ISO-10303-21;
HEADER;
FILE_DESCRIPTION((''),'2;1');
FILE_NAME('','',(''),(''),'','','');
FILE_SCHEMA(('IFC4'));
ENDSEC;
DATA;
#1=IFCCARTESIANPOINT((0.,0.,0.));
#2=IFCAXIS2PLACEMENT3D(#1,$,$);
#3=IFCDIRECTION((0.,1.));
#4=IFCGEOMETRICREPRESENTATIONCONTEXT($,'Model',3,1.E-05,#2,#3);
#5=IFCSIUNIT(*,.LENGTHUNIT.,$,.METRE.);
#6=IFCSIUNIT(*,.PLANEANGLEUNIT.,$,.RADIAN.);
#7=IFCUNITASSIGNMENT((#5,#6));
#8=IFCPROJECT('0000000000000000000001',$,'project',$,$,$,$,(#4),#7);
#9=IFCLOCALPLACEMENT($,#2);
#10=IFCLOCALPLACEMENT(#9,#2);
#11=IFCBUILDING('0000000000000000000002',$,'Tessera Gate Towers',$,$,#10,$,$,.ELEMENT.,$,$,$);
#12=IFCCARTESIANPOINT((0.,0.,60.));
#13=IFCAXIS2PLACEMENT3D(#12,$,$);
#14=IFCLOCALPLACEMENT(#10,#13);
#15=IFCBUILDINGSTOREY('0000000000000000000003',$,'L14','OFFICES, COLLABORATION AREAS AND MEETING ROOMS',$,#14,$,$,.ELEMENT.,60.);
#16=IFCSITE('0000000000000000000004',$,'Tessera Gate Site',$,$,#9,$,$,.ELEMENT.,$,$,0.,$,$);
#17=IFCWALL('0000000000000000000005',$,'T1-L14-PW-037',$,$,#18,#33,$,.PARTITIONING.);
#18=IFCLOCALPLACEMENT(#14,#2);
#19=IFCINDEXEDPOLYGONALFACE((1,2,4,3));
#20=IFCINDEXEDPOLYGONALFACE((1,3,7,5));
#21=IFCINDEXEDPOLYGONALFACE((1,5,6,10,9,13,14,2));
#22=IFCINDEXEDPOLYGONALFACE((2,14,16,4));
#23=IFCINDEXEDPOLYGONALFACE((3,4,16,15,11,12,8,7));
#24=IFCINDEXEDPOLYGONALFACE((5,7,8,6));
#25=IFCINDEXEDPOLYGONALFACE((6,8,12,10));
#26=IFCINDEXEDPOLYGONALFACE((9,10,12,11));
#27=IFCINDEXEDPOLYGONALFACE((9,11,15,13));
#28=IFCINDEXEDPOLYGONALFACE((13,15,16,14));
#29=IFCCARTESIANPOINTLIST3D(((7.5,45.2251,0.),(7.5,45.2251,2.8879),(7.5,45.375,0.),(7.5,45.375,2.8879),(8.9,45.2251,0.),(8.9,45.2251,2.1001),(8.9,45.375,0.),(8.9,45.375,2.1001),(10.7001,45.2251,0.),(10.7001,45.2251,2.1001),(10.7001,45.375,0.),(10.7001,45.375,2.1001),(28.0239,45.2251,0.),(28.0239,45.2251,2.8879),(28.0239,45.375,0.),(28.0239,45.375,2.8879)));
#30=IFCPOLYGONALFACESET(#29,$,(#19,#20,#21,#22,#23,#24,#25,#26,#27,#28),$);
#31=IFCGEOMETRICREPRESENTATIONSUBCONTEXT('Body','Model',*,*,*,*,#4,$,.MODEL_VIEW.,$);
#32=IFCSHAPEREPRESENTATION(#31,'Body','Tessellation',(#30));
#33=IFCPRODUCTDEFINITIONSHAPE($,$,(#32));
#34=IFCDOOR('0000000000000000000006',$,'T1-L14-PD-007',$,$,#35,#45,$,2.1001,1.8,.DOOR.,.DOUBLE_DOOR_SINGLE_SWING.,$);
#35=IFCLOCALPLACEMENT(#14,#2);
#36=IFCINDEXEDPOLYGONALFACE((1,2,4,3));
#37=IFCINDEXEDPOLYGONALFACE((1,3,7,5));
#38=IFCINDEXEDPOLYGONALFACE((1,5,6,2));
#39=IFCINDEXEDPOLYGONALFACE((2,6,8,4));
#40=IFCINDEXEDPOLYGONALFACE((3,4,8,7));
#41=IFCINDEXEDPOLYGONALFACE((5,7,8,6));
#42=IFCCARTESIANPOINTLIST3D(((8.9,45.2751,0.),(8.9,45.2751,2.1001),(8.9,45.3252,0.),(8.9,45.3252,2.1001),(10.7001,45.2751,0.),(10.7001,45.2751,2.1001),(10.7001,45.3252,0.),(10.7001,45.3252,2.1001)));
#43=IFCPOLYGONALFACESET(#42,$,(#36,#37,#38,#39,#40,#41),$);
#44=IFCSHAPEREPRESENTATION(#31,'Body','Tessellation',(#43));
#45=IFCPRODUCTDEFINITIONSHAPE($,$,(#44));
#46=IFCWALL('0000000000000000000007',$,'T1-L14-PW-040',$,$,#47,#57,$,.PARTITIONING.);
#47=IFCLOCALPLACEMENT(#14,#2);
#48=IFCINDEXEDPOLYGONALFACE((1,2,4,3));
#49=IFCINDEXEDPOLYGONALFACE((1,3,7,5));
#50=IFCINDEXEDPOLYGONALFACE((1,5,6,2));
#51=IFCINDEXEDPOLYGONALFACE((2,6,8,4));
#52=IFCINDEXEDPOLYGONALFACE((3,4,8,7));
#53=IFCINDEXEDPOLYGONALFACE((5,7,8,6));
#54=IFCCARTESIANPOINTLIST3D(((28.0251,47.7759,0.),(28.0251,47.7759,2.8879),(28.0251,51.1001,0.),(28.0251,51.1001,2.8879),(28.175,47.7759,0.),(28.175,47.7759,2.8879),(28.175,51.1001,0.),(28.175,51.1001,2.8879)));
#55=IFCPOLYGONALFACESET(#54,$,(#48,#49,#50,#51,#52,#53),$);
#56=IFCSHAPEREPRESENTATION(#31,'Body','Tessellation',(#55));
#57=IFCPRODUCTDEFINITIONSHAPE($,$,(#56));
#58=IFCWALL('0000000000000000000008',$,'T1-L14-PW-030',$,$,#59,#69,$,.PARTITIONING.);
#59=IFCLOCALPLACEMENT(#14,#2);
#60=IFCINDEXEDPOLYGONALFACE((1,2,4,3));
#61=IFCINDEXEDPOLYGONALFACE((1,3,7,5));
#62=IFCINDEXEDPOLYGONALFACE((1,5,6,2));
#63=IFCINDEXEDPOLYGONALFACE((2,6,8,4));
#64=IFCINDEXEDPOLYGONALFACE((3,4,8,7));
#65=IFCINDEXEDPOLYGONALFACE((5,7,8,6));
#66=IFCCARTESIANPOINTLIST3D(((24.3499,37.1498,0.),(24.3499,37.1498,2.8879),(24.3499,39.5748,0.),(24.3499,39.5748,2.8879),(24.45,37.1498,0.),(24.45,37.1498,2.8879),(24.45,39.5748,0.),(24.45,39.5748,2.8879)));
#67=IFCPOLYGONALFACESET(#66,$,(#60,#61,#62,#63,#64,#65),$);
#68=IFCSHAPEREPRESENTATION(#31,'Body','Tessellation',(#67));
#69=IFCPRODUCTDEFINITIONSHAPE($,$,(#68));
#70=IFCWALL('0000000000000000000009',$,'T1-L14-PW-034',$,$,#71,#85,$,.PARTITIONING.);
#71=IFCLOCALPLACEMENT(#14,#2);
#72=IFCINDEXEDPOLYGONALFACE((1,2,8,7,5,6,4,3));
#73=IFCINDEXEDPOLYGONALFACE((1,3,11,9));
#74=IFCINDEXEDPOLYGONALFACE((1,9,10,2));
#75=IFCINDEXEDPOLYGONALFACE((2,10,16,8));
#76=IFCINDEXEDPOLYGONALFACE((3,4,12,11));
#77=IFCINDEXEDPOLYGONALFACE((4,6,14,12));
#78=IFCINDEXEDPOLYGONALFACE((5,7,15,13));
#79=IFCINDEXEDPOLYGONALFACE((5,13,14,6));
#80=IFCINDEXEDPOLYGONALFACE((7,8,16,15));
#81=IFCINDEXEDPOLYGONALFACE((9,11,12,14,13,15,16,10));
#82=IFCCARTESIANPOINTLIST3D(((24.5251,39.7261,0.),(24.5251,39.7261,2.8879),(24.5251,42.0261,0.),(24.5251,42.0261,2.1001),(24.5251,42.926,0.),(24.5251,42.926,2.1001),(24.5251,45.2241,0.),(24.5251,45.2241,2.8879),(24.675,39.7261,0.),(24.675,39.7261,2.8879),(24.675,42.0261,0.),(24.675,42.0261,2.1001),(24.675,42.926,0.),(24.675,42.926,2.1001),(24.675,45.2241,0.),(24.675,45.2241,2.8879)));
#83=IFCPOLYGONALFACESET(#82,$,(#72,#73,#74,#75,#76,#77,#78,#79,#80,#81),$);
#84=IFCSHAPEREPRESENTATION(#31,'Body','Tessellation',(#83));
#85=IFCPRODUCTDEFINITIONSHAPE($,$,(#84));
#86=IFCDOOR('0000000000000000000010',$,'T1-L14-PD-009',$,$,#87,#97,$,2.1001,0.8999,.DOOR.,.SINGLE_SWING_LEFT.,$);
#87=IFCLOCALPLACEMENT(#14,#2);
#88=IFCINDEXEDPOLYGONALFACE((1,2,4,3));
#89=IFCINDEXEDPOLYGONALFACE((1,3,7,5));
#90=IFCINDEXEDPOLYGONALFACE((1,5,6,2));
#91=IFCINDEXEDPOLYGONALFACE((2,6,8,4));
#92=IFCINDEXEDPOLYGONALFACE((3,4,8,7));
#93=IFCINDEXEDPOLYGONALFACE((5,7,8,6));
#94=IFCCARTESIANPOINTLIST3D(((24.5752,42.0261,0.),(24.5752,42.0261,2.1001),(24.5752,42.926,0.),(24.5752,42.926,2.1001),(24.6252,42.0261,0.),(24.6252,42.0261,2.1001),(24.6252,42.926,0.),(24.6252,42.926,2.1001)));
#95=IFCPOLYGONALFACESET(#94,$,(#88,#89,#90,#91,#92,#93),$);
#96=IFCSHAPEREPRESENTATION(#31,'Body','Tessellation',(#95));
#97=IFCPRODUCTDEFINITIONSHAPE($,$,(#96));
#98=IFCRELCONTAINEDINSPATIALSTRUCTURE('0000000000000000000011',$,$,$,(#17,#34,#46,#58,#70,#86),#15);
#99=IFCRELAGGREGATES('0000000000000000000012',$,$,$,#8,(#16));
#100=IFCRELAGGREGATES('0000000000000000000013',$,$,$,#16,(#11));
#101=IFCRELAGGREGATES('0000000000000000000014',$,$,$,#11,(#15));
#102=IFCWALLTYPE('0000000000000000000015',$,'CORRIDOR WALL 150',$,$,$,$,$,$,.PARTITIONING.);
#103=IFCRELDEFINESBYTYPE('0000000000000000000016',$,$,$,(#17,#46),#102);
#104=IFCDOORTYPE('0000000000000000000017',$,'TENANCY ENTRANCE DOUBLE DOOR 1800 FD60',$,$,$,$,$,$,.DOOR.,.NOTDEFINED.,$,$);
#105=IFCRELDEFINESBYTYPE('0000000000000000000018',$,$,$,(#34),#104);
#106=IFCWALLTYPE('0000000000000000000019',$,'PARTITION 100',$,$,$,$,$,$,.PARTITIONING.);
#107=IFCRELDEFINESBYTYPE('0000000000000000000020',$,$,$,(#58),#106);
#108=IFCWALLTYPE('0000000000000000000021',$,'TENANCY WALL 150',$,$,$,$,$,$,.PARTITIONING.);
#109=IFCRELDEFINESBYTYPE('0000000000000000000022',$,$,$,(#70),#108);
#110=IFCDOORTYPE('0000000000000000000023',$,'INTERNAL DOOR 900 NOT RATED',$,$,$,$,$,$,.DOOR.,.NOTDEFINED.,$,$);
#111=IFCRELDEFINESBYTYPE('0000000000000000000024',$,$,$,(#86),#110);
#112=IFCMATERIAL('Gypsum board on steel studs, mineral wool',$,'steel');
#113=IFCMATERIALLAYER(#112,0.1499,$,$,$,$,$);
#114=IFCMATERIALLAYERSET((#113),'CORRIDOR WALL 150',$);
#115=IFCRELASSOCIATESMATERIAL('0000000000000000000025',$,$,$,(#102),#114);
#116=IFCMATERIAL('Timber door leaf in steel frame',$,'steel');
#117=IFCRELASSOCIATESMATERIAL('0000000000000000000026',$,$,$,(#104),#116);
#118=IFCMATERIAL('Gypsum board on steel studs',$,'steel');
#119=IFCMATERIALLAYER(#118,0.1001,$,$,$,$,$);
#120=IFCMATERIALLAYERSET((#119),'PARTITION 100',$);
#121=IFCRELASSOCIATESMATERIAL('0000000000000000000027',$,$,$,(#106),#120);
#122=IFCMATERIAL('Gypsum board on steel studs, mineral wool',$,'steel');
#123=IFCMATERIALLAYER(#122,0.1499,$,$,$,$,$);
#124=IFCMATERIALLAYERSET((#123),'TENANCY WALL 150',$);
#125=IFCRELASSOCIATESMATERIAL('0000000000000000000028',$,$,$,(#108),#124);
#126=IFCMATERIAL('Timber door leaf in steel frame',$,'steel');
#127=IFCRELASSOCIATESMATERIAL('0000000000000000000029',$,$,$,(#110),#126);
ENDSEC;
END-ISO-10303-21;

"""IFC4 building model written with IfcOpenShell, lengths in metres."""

from ifc_helpers import new_model, si_unit, direction, frame, frame_2d, origin, place, context, subcontext, project, spatial, rectangle, extrude, source, transform, mapped, material, layer, layer_set, type_object, element, fill, save


model = new_model("IFC4")

# Units and contexts
model_context = context("Model", 3, precision=1e-05, world=origin(), true_north=direction((0.0, 1.0)))
body_context = subcontext(model_context, "Body", "Model", "MODEL_VIEW")
ifc_project = project(units=[si_unit("LENGTHUNIT", "METRE"), si_unit("PLANEANGLEUNIT", "RADIAN")], contexts=[model_context])

# Site, building, storey
site_placement = place(None, origin())
site = spatial("IfcSite", under=ifc_project, at=site_placement, Name="Tessera Gate Site", CompositionType="ELEMENT", RefElevation=0.0)
building_placement = place(site_placement, origin())
building = spatial("IfcBuilding", under=site, at=building_placement, Name="Tessera Gate Towers", CompositionType="ELEMENT")
storey_placement = place(building_placement, frame((0.0, 0.0, 60.0)))
storey = spatial("IfcBuildingStorey", under=building, at=storey_placement, Name="L14", Description="OFFICES, COLLABORATION AREAS AND MEETING ROOMS", CompositionType="ELEMENT", Elevation=60.0)

# Shared definitions
shared_shape_1 = source(origin(), body_context, "Body", "SweptSolid", [
    extrude(rectangle(XDim=0.8999, YDim=2.1001, at=frame_2d((0.45, 1.05))), frame((0.0, 0.0249, 0.0), z_axis=(0.0, -1.0, 0.0), x_axis=(1.0, 0.0, 0.0)), (0.0, 0.0, 1.0), 0.05),
])

# Wall, opening, door
ifc_material_1 = material(Name="Gypsum board on steel studs, mineral wool", Category="steel")
ifc_layer_1 = layer(ifc_material_1, 0.1499)
ifc_layer_set_1 = layer_set([ifc_layer_1], Name="CORRIDOR WALL 150")
wall_type_1 = type_object("IfcWallType", Name="CORRIDOR WALL 150", PredefinedType="PARTITIONING", material=ifc_layer_set_1)
wall_1_placement = place(storey_placement, frame((28.0239, 45.3, 0.0), z_axis=(0.0, 0.0, 1.0), x_axis=(-1.0, 0.0, 0.0)))
wall_1 = element("IfcWall", 1, at=wall_1_placement, inside=storey, type_object=wall_type_1, Name="T1-L14-PW-037", PredefinedType="PARTITIONING", context=body_context, shape_type="SweptSolid", body=[
    extrude(rectangle(XDim=20.5239, YDim=0.1499, at=frame_2d((10.262, 0.0))), origin(), (0.0, 0.0, 1.0), 2.8879),
])
shared_shape_2 = source(origin(), body_context, "Body", "SweptSolid", [
    extrude(rectangle(XDim=1.8, YDim=2.1001, at=frame_2d((0.8999, 1.05))), frame((0.0, 0.085, 0.0), z_axis=(0.0, -1.0, 0.0), x_axis=(1.0, 0.0, 0.0)), (0.0, 0.0, 1.0), 0.1699),
])
opening_1_placement = place(wall_1_placement, frame((17.324, 0.0, 0.0)))
opening_1 = element("IfcOpeningElement", 2, at=opening_1_placement, cuts=wall_1, PredefinedType="OPENING", context=body_context, shape_type="MappedRepresentation", body=[
    mapped(shared_shape_2, transform((0.0, 0.0, 0.0), scale=1.0)),
])
ifc_material_2 = material(Name="Timber door leaf in steel frame", Category="steel")
door_type_1 = type_object("IfcDoorType", Name="TENANCY ENTRANCE DOUBLE DOOR 1800 FD60", OperationType="NOTDEFINED", PredefinedType="DOOR", material=ifc_material_2)
shared_shape_3 = source(origin(), body_context, "Body", "SweptSolid", [
    extrude(rectangle(XDim=1.8, YDim=2.1001, at=frame_2d((0.8999, 1.05))), frame((0.0, 0.0249, 0.0), z_axis=(0.0, -1.0, 0.0), x_axis=(1.0, 0.0, 0.0)), (0.0, 0.0, 1.0), 0.05),
])
door_1_placement = place(opening_1_placement, origin())
door_1 = element("IfcDoor", 3, at=door_1_placement, inside=storey, type_object=door_type_1, Name="T1-L14-PD-007", OperationType="DOUBLE_DOOR_SINGLE_SWING", OverallHeight=2.1001, OverallWidth=1.8, PredefinedType="DOOR", context=body_context, shape_type="MappedRepresentation", body=[
    mapped(shared_shape_3, transform((0.0, 0.0, 0.0), scale=1.0)),
])
fill(opening_1, door_1)

# Walls
wall_2_placement = place(storey_placement, frame((28.1001, 47.7759, 0.0), z_axis=(0.0, 0.0, 1.0), x_axis=(0.0, 1.0, 0.0)))
element("IfcWall", 4, at=wall_2_placement, inside=storey, type_object=wall_type_1, Name="T1-L14-PW-040", PredefinedType="PARTITIONING", context=body_context, shape_type="SweptSolid", body=[
    extrude(rectangle(XDim=3.3242, YDim=0.1499, at=frame_2d((1.6621, 0.0))), origin(), (0.0, 0.0, 1.0), 2.8879),
])
ifc_material_3 = material(Name="Gypsum board on steel studs", Category="steel")
ifc_layer_2 = layer(ifc_material_3, 0.1001)
ifc_layer_set_2 = layer_set([ifc_layer_2], Name="PARTITION 100")
wall_type_2 = type_object("IfcWallType", Name="PARTITION 100", PredefinedType="PARTITIONING", material=ifc_layer_set_2)
wall_3_placement = place(storey_placement, frame((24.3999, 37.1499, 0.0), z_axis=(0.0, 0.0, 1.0), x_axis=(0.0, 1.0, 0.0)))
element("IfcWall", 5, at=wall_3_placement, inside=storey, type_object=wall_type_2, Name="T1-L14-PW-030", PredefinedType="PARTITIONING", context=body_context, shape_type="SweptSolid", body=[
    extrude(rectangle(XDim=2.425, YDim=0.1001, at=frame_2d((1.2124, 0.0))), origin(), (0.0, 0.0, 1.0), 2.8879),
])

# Wall, opening, door
ifc_material_4 = material(Name="Gypsum board on steel studs, mineral wool", Category="steel")
ifc_layer_3 = layer(ifc_material_4, 0.1499)
ifc_layer_set_3 = layer_set([ifc_layer_3], Name="TENANCY WALL 150")
wall_type_3 = type_object("IfcWallType", Name="TENANCY WALL 150", PredefinedType="PARTITIONING", material=ifc_layer_set_3)
wall_4_placement = place(storey_placement, frame((24.6001, 39.7261, 0.0), z_axis=(0.0, 0.0, 1.0), x_axis=(0.0, 1.0, 0.0)))
wall_4 = element("IfcWall", 6, at=wall_4_placement, inside=storey, type_object=wall_type_3, Name="T1-L14-PW-034", PredefinedType="PARTITIONING", context=body_context, shape_type="SweptSolid", body=[
    extrude(rectangle(XDim=5.498, YDim=0.1499, at=frame_2d((2.749, 0.0))), origin(), (0.0, 0.0, 1.0), 2.8879),
])
shared_shape_4 = source(origin(), body_context, "Body", "SweptSolid", [
    extrude(rectangle(XDim=0.8999, YDim=2.1001, at=frame_2d((0.45, 1.05))), frame((0.0, 0.085, 0.0), z_axis=(0.0, -1.0, 0.0), x_axis=(1.0, 0.0, 0.0)), (0.0, 0.0, 1.0), 0.1699),
])
opening_2_placement = place(wall_4_placement, frame((2.3, 0.0, 0.0)))
opening_2 = element("IfcOpeningElement", 7, at=opening_2_placement, cuts=wall_4, PredefinedType="OPENING", context=body_context, shape_type="MappedRepresentation", body=[
    mapped(shared_shape_4, transform((0.0, 0.0, 0.0), scale=1.0)),
])
ifc_material_5 = material(Name="Timber door leaf in steel frame", Category="steel")
door_type_2 = type_object("IfcDoorType", Name="INTERNAL DOOR 900 NOT RATED", OperationType="NOTDEFINED", PredefinedType="DOOR", material=ifc_material_5)
door_2_placement = place(opening_2_placement, origin())
door_2 = element("IfcDoor", 8, at=door_2_placement, inside=storey, type_object=door_type_2, Name="T1-L14-PD-009", OperationType="SINGLE_SWING_LEFT", OverallHeight=2.1001, OverallWidth=0.8999, PredefinedType="DOOR", context=body_context, shape_type="MappedRepresentation", body=[
    mapped(shared_shape_1, transform((0.0, 0.0, 0.0), scale=1.0)),
])
fill(opening_2, door_2)

save(model, "model.ifc")
